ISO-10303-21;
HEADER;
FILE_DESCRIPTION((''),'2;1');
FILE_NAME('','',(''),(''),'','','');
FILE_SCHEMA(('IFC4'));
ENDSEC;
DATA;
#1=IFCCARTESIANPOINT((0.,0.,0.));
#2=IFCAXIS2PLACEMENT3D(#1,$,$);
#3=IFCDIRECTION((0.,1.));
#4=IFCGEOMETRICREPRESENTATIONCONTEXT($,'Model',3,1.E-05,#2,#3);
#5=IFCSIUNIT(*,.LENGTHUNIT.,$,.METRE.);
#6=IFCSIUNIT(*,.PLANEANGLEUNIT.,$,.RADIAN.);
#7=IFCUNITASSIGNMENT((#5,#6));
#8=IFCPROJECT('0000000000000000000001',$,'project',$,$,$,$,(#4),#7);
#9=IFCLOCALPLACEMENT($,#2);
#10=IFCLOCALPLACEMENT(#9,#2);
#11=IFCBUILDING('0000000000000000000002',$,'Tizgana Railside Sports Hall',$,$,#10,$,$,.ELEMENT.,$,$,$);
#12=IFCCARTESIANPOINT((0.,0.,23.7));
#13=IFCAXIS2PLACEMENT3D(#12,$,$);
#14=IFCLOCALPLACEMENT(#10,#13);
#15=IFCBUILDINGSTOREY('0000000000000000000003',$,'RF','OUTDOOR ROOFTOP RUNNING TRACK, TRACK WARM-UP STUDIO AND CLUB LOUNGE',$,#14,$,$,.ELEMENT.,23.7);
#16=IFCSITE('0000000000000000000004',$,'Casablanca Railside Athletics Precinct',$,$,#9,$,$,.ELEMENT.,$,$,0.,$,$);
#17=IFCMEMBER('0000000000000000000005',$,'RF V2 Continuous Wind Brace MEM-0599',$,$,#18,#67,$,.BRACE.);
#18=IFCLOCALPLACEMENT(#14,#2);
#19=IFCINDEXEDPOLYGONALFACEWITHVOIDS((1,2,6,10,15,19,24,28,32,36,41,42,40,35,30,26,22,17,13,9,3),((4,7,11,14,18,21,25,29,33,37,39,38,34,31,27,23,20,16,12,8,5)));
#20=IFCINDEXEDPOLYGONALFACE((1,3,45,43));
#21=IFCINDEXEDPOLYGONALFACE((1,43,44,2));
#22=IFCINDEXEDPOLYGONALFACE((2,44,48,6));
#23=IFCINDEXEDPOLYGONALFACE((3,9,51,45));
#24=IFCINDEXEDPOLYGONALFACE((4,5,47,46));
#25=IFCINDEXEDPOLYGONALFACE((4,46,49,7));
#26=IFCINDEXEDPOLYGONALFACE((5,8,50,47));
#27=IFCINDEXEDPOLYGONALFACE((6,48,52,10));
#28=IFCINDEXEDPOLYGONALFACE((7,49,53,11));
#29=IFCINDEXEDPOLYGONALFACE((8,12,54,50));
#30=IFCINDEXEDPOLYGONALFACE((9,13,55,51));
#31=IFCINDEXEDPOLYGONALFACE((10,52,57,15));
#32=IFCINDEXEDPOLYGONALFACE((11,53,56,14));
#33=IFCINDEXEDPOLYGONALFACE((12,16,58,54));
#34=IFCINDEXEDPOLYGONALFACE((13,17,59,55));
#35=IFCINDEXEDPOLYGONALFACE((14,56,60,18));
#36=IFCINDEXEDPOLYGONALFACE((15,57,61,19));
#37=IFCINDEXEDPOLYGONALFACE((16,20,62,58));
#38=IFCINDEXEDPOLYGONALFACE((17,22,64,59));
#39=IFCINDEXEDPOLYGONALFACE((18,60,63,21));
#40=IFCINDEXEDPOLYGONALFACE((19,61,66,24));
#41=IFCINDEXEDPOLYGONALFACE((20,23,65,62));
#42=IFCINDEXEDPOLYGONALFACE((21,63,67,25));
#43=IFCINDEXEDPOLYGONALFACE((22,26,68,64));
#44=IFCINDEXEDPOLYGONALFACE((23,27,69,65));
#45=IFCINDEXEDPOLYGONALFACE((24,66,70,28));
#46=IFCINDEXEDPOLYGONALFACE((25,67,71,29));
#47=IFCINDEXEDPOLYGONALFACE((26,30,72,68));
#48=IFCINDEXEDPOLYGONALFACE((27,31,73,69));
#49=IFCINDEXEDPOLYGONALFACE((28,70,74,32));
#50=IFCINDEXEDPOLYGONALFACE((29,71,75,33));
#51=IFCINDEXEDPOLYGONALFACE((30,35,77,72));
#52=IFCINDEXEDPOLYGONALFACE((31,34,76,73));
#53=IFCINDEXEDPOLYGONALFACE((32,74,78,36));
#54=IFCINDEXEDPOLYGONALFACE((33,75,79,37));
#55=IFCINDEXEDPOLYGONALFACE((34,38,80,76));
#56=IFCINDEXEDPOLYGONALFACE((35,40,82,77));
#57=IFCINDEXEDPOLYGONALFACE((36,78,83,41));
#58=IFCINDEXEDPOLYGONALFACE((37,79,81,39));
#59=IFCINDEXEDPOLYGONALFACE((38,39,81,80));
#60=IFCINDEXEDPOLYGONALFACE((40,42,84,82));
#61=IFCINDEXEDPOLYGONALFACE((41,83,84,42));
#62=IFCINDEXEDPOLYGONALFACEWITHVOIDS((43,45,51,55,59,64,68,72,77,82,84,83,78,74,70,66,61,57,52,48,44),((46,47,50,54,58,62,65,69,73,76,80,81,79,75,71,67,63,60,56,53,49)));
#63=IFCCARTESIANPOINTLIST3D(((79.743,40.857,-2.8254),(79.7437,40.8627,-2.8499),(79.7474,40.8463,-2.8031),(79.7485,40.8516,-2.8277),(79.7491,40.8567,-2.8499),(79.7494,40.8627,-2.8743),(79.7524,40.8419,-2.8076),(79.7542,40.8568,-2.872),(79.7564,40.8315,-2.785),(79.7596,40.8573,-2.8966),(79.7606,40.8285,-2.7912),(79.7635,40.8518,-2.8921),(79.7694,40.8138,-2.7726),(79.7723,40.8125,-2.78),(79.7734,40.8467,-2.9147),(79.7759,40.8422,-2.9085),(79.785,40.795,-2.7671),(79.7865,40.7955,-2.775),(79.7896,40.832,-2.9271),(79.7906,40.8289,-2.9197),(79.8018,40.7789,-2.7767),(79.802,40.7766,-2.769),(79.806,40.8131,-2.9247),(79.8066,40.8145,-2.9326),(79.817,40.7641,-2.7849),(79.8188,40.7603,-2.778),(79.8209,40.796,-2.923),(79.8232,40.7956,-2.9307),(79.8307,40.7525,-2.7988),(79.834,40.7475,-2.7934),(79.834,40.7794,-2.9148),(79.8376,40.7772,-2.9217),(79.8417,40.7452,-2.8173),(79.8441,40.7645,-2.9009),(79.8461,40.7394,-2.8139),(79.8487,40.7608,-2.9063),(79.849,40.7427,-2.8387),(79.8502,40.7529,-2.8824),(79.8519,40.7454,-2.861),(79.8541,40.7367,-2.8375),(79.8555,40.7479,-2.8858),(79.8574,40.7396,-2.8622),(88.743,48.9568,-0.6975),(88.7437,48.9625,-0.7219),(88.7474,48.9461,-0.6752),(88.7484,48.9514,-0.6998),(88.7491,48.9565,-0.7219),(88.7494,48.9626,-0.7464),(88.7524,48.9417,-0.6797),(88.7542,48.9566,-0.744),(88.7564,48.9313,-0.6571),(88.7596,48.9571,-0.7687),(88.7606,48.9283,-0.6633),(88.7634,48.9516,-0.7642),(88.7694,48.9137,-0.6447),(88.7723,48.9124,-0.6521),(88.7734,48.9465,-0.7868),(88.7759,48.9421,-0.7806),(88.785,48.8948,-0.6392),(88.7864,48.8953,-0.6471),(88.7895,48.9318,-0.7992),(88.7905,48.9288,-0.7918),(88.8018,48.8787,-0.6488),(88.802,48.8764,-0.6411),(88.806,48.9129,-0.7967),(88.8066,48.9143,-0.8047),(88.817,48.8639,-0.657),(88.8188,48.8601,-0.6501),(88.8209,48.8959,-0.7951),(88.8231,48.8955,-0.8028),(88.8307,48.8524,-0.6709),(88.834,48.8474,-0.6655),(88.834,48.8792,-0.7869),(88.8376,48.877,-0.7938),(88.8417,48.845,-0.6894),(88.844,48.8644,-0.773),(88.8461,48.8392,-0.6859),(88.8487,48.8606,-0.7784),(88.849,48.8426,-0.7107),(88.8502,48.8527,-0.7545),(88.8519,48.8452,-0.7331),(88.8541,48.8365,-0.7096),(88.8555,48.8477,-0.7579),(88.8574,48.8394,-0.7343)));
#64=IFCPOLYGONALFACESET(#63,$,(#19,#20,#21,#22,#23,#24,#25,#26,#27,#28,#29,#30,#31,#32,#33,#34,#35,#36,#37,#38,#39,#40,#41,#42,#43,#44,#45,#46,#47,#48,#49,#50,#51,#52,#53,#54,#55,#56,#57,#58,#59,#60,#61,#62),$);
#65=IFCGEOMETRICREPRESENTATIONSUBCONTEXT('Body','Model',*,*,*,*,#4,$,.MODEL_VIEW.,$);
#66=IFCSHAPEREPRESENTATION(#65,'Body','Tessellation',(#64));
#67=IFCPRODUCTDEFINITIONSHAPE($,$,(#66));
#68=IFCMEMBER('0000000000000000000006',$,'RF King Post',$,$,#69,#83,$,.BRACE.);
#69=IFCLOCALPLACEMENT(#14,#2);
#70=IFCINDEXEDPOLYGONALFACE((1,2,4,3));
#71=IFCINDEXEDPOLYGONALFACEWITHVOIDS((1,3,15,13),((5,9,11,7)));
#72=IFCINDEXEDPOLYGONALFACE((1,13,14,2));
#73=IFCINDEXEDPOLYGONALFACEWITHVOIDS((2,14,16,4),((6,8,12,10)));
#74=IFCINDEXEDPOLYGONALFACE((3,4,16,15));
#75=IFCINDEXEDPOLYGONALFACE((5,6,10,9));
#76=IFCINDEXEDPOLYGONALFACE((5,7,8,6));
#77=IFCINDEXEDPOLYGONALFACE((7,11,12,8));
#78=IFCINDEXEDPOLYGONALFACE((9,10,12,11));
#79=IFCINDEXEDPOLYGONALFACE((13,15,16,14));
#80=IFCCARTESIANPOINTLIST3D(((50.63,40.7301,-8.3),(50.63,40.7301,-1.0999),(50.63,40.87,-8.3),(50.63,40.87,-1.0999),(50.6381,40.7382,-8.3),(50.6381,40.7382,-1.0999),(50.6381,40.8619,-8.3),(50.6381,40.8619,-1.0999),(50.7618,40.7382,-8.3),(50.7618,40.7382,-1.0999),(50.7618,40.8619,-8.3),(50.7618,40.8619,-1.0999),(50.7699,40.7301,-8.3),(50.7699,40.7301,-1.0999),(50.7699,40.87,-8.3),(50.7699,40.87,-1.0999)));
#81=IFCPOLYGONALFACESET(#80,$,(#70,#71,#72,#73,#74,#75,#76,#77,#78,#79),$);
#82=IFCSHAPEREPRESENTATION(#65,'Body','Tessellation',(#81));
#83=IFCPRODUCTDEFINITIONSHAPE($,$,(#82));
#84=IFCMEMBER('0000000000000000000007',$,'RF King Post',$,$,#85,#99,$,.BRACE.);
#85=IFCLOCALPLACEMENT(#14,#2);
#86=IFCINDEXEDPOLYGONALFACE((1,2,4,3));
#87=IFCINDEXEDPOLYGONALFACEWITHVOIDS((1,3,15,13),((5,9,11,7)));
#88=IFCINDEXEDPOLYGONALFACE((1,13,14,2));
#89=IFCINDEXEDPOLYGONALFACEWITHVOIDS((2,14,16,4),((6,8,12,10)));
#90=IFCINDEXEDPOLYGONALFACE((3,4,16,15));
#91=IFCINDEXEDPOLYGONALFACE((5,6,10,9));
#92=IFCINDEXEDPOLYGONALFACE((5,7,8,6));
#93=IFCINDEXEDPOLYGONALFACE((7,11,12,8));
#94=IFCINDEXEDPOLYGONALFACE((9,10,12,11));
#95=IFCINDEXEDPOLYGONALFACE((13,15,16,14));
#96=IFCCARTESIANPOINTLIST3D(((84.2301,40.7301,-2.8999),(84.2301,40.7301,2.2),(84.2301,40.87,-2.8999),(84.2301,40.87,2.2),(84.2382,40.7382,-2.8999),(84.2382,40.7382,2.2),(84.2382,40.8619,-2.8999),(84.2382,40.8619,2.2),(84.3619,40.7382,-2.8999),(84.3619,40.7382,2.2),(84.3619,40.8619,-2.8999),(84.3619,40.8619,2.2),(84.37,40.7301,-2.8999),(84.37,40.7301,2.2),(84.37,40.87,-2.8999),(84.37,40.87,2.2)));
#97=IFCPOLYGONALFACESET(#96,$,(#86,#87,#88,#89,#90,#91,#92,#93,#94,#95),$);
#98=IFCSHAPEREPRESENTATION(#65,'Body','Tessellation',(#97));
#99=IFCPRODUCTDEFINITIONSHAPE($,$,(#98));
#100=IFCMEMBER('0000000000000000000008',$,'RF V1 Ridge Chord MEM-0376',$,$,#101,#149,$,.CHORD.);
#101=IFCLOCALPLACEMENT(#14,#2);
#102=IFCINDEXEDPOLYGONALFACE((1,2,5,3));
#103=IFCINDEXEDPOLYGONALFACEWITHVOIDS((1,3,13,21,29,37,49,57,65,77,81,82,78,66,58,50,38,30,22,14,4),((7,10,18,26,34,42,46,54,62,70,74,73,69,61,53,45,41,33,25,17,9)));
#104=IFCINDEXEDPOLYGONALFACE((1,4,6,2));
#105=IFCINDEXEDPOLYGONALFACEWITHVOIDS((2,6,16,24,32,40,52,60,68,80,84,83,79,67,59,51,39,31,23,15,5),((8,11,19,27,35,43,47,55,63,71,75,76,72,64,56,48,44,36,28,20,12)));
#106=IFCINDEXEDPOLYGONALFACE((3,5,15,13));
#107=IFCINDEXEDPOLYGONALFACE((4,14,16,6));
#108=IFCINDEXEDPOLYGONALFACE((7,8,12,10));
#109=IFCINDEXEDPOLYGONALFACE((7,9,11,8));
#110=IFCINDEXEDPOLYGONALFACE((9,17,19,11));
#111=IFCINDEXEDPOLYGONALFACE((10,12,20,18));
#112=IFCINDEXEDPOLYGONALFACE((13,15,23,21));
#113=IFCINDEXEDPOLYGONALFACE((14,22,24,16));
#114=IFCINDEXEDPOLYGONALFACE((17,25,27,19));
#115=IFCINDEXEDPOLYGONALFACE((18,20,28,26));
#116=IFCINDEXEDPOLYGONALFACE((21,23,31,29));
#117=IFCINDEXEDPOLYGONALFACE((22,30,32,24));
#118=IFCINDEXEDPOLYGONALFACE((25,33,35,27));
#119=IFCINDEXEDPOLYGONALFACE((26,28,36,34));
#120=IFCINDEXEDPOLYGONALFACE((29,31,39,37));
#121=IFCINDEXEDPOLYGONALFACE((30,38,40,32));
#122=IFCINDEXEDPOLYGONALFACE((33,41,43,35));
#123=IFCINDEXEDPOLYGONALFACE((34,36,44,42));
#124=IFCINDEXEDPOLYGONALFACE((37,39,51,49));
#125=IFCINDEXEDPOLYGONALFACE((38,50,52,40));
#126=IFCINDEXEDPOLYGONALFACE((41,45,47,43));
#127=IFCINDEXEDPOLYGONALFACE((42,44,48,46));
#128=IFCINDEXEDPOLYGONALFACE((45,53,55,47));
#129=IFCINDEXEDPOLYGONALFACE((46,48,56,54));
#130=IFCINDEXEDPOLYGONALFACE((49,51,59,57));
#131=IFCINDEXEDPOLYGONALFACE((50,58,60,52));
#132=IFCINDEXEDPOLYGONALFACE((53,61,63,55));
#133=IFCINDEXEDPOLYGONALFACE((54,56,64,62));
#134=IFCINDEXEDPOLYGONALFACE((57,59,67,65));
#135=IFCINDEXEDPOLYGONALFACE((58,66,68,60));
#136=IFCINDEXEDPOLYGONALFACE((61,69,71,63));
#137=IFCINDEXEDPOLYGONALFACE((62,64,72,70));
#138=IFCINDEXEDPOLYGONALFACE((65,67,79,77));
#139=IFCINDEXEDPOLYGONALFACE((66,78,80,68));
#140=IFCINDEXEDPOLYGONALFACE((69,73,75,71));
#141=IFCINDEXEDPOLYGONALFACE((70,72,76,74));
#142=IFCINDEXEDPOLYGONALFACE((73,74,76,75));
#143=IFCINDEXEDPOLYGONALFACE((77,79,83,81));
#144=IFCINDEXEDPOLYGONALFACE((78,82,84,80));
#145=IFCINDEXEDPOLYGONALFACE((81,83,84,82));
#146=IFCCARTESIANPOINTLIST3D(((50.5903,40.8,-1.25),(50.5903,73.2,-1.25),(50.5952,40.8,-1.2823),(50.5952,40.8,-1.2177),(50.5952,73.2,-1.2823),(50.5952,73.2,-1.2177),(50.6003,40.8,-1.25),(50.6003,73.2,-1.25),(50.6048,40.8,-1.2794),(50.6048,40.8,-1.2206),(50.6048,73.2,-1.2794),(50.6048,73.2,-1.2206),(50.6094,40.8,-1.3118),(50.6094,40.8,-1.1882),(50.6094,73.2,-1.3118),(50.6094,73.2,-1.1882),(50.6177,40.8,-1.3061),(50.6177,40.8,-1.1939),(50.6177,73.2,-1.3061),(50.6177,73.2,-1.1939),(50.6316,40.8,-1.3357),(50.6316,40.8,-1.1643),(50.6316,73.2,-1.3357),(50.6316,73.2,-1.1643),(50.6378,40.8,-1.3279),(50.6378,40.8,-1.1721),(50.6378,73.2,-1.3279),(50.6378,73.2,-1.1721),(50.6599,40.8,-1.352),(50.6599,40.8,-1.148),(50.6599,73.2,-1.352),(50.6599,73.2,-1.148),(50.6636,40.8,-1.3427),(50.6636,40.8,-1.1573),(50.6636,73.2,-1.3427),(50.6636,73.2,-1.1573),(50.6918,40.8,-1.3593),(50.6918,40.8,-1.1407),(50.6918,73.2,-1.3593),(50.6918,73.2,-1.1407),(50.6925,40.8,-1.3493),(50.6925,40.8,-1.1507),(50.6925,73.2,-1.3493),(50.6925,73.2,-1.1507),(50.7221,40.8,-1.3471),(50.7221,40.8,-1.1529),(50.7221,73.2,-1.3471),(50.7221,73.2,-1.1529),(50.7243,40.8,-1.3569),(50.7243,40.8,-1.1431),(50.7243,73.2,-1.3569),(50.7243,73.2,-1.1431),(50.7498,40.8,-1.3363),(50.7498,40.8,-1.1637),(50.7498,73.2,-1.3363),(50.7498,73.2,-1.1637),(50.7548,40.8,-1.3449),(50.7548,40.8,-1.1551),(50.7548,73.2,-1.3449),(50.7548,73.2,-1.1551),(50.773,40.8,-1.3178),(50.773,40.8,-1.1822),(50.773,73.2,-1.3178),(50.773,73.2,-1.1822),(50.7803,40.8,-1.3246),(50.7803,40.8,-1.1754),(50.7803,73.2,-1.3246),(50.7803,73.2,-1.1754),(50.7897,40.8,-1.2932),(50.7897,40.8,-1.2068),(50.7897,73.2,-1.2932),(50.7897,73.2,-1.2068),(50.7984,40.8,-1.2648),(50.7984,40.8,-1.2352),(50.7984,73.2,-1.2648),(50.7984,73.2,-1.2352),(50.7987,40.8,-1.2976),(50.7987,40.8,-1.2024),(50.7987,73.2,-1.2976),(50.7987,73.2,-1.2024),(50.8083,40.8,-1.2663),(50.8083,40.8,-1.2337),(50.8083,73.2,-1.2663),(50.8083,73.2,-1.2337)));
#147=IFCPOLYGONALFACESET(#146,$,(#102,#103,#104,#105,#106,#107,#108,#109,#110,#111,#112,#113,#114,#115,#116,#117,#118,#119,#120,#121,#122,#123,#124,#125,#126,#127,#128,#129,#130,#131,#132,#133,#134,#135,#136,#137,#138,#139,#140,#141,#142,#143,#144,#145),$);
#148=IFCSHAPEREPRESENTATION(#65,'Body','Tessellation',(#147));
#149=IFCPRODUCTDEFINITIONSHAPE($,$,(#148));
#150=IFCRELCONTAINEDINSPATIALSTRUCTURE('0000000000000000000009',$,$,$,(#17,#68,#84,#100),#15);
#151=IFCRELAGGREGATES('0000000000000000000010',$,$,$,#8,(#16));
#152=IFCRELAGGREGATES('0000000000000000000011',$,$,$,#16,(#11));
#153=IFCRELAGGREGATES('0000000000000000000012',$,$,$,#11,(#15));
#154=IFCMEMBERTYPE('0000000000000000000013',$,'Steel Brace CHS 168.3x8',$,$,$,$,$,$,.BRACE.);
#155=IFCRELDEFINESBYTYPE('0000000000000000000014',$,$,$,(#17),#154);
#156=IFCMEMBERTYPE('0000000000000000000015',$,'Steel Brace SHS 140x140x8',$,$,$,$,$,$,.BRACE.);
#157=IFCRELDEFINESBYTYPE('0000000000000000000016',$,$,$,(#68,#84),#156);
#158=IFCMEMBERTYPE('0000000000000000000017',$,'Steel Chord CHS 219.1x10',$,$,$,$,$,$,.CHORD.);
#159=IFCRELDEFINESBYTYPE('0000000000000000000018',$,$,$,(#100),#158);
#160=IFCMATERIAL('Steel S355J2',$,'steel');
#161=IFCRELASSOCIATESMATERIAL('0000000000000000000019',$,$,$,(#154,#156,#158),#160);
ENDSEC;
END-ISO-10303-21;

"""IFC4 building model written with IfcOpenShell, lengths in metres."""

from ifc_helpers import new_model, si_unit, direction, frame, origin, origin_2d, place, context, subcontext, project, spatial, hollow_rectangle, hollow_circle, extrude, material, material_profile, profile_set, type_object, element, save


model = new_model("IFC4")

# Units and contexts
model_context = context("Model", 3, precision=1e-05, world=origin(), true_north=direction((0.0, 1.0)))
body_context = subcontext(model_context, "Body", "Model", "MODEL_VIEW")
ifc_project = project(units=[si_unit("LENGTHUNIT", "METRE"), si_unit("PLANEANGLEUNIT", "RADIAN")], contexts=[model_context])

# Site, building, storey
site_placement = place(None, origin())
site = spatial("IfcSite", under=ifc_project, at=site_placement, Name="Casablanca Railside Athletics Precinct", CompositionType="ELEMENT", RefElevation=0.0)
building_placement = place(site_placement, origin())
building = spatial("IfcBuilding", under=site, at=building_placement, Name="Tizgana Railside Sports Hall", CompositionType="ELEMENT")
storey_placement = place(building_placement, frame((0.0, 0.0, 23.7)))
storey = spatial("IfcBuildingStorey", under=building, at=storey_placement, Name="RF", Description="OUTDOOR ROOFTOP RUNNING TRACK, TRACK WARM-UP STUDIO AND CLUB LOUNGE", CompositionType="ELEMENT", Elevation=23.7)

# Members
ifc_material_1 = material(Name="Steel S355J2", Category="steel")
ifc_material_profile_1 = material_profile(ifc_material_1, hollow_circle(Radius=0.0842, WallThickness=0.0081, at=origin_2d()), Name="CHS 168.3x8")
ifc_profile_set_1 = profile_set([ifc_material_profile_1], Name="Steel S355J2")
member_type_1 = type_object("IfcMemberType", Name="Steel Brace CHS 168.3x8", PredefinedType="BRACE", material=ifc_profile_set_1)
member_1_placement = place(storey_placement, frame((79.8, 40.8, -2.8499), z_axis=(0.732081, 0.658861, 0.173091), x_axis=(-0.668958, 0.7433, 0.0)))
element("IfcMember", 1, at=member_1_placement, inside=storey, type_object=member_type_1, Name="RF V2 Continuous Wind Brace MEM-0599", PredefinedType="BRACE", context=body_context, shape_type="SweptSolid", body=[
    extrude(hollow_circle(Radius=0.0842, WallThickness=0.0081, at=origin_2d()), origin(), (0.0, 0.0, 1.0), 12.2937),
])
ifc_material_profile_2 = material_profile(ifc_material_1, hollow_rectangle(XDim=0.1399, YDim=0.1399, WallThickness=0.0081, at=origin_2d()), Name="SHS 140x140x8")
ifc_profile_set_2 = profile_set([ifc_material_profile_2], Name="Steel S355J2")
member_type_2 = type_object("IfcMemberType", Name="Steel Brace SHS 140x140x8", PredefinedType="BRACE", material=ifc_profile_set_2)
member_2_placement = place(storey_placement, frame((50.7, 40.8, -8.3), z_axis=(0.0, 0.0, 1.0), x_axis=(1.0, 0.0, 0.0)))
element("IfcMember", 2, at=member_2_placement, inside=storey, type_object=member_type_2, Name="RF King Post", PredefinedType="BRACE", context=body_context, shape_type="SweptSolid", body=[
    extrude(hollow_rectangle(XDim=0.1399, YDim=0.1399, WallThickness=0.0081, at=origin_2d()), origin(), (0.0, 0.0, 1.0), 7.2002),
])
member_3_placement = place(storey_placement, frame((84.3, 40.8, -2.8999), z_axis=(0.0, 0.0, 1.0), x_axis=(1.0, 0.0, 0.0)))
element("IfcMember", 3, at=member_3_placement, inside=storey, type_object=member_type_2, Name="RF King Post", PredefinedType="BRACE", context=body_context, shape_type="SweptSolid", body=[
    extrude(hollow_rectangle(XDim=0.1399, YDim=0.1399, WallThickness=0.0081, at=origin_2d()), origin(), (0.0, 0.0, 1.0), 5.0999),
])
ifc_material_profile_3 = material_profile(ifc_material_1, hollow_circle(Radius=0.1096, WallThickness=0.01, at=origin_2d()), Name="CHS 219.1x10")
ifc_profile_set_3 = profile_set([ifc_material_profile_3], Name="Steel S355J2")
member_type_3 = type_object("IfcMemberType", Name="Steel Chord CHS 219.1x10", PredefinedType="CHORD", material=ifc_profile_set_3)
member_4_placement = place(storey_placement, frame((50.7, 40.8, -1.25), z_axis=(0.0, 1.0, 0.0), x_axis=(-1.0, 0.0, 0.0)))
element("IfcMember", 4, at=member_4_placement, inside=storey, type_object=member_type_3, Name="RF V1 Ridge Chord MEM-0376", PredefinedType="CHORD", context=body_context, shape_type="SweptSolid", body=[
    extrude(hollow_circle(Radius=0.1096, WallThickness=0.01, at=origin_2d()), origin(), (0.0, 0.0, 1.0), 32.3999),
])

save(model, "model.ifc")
